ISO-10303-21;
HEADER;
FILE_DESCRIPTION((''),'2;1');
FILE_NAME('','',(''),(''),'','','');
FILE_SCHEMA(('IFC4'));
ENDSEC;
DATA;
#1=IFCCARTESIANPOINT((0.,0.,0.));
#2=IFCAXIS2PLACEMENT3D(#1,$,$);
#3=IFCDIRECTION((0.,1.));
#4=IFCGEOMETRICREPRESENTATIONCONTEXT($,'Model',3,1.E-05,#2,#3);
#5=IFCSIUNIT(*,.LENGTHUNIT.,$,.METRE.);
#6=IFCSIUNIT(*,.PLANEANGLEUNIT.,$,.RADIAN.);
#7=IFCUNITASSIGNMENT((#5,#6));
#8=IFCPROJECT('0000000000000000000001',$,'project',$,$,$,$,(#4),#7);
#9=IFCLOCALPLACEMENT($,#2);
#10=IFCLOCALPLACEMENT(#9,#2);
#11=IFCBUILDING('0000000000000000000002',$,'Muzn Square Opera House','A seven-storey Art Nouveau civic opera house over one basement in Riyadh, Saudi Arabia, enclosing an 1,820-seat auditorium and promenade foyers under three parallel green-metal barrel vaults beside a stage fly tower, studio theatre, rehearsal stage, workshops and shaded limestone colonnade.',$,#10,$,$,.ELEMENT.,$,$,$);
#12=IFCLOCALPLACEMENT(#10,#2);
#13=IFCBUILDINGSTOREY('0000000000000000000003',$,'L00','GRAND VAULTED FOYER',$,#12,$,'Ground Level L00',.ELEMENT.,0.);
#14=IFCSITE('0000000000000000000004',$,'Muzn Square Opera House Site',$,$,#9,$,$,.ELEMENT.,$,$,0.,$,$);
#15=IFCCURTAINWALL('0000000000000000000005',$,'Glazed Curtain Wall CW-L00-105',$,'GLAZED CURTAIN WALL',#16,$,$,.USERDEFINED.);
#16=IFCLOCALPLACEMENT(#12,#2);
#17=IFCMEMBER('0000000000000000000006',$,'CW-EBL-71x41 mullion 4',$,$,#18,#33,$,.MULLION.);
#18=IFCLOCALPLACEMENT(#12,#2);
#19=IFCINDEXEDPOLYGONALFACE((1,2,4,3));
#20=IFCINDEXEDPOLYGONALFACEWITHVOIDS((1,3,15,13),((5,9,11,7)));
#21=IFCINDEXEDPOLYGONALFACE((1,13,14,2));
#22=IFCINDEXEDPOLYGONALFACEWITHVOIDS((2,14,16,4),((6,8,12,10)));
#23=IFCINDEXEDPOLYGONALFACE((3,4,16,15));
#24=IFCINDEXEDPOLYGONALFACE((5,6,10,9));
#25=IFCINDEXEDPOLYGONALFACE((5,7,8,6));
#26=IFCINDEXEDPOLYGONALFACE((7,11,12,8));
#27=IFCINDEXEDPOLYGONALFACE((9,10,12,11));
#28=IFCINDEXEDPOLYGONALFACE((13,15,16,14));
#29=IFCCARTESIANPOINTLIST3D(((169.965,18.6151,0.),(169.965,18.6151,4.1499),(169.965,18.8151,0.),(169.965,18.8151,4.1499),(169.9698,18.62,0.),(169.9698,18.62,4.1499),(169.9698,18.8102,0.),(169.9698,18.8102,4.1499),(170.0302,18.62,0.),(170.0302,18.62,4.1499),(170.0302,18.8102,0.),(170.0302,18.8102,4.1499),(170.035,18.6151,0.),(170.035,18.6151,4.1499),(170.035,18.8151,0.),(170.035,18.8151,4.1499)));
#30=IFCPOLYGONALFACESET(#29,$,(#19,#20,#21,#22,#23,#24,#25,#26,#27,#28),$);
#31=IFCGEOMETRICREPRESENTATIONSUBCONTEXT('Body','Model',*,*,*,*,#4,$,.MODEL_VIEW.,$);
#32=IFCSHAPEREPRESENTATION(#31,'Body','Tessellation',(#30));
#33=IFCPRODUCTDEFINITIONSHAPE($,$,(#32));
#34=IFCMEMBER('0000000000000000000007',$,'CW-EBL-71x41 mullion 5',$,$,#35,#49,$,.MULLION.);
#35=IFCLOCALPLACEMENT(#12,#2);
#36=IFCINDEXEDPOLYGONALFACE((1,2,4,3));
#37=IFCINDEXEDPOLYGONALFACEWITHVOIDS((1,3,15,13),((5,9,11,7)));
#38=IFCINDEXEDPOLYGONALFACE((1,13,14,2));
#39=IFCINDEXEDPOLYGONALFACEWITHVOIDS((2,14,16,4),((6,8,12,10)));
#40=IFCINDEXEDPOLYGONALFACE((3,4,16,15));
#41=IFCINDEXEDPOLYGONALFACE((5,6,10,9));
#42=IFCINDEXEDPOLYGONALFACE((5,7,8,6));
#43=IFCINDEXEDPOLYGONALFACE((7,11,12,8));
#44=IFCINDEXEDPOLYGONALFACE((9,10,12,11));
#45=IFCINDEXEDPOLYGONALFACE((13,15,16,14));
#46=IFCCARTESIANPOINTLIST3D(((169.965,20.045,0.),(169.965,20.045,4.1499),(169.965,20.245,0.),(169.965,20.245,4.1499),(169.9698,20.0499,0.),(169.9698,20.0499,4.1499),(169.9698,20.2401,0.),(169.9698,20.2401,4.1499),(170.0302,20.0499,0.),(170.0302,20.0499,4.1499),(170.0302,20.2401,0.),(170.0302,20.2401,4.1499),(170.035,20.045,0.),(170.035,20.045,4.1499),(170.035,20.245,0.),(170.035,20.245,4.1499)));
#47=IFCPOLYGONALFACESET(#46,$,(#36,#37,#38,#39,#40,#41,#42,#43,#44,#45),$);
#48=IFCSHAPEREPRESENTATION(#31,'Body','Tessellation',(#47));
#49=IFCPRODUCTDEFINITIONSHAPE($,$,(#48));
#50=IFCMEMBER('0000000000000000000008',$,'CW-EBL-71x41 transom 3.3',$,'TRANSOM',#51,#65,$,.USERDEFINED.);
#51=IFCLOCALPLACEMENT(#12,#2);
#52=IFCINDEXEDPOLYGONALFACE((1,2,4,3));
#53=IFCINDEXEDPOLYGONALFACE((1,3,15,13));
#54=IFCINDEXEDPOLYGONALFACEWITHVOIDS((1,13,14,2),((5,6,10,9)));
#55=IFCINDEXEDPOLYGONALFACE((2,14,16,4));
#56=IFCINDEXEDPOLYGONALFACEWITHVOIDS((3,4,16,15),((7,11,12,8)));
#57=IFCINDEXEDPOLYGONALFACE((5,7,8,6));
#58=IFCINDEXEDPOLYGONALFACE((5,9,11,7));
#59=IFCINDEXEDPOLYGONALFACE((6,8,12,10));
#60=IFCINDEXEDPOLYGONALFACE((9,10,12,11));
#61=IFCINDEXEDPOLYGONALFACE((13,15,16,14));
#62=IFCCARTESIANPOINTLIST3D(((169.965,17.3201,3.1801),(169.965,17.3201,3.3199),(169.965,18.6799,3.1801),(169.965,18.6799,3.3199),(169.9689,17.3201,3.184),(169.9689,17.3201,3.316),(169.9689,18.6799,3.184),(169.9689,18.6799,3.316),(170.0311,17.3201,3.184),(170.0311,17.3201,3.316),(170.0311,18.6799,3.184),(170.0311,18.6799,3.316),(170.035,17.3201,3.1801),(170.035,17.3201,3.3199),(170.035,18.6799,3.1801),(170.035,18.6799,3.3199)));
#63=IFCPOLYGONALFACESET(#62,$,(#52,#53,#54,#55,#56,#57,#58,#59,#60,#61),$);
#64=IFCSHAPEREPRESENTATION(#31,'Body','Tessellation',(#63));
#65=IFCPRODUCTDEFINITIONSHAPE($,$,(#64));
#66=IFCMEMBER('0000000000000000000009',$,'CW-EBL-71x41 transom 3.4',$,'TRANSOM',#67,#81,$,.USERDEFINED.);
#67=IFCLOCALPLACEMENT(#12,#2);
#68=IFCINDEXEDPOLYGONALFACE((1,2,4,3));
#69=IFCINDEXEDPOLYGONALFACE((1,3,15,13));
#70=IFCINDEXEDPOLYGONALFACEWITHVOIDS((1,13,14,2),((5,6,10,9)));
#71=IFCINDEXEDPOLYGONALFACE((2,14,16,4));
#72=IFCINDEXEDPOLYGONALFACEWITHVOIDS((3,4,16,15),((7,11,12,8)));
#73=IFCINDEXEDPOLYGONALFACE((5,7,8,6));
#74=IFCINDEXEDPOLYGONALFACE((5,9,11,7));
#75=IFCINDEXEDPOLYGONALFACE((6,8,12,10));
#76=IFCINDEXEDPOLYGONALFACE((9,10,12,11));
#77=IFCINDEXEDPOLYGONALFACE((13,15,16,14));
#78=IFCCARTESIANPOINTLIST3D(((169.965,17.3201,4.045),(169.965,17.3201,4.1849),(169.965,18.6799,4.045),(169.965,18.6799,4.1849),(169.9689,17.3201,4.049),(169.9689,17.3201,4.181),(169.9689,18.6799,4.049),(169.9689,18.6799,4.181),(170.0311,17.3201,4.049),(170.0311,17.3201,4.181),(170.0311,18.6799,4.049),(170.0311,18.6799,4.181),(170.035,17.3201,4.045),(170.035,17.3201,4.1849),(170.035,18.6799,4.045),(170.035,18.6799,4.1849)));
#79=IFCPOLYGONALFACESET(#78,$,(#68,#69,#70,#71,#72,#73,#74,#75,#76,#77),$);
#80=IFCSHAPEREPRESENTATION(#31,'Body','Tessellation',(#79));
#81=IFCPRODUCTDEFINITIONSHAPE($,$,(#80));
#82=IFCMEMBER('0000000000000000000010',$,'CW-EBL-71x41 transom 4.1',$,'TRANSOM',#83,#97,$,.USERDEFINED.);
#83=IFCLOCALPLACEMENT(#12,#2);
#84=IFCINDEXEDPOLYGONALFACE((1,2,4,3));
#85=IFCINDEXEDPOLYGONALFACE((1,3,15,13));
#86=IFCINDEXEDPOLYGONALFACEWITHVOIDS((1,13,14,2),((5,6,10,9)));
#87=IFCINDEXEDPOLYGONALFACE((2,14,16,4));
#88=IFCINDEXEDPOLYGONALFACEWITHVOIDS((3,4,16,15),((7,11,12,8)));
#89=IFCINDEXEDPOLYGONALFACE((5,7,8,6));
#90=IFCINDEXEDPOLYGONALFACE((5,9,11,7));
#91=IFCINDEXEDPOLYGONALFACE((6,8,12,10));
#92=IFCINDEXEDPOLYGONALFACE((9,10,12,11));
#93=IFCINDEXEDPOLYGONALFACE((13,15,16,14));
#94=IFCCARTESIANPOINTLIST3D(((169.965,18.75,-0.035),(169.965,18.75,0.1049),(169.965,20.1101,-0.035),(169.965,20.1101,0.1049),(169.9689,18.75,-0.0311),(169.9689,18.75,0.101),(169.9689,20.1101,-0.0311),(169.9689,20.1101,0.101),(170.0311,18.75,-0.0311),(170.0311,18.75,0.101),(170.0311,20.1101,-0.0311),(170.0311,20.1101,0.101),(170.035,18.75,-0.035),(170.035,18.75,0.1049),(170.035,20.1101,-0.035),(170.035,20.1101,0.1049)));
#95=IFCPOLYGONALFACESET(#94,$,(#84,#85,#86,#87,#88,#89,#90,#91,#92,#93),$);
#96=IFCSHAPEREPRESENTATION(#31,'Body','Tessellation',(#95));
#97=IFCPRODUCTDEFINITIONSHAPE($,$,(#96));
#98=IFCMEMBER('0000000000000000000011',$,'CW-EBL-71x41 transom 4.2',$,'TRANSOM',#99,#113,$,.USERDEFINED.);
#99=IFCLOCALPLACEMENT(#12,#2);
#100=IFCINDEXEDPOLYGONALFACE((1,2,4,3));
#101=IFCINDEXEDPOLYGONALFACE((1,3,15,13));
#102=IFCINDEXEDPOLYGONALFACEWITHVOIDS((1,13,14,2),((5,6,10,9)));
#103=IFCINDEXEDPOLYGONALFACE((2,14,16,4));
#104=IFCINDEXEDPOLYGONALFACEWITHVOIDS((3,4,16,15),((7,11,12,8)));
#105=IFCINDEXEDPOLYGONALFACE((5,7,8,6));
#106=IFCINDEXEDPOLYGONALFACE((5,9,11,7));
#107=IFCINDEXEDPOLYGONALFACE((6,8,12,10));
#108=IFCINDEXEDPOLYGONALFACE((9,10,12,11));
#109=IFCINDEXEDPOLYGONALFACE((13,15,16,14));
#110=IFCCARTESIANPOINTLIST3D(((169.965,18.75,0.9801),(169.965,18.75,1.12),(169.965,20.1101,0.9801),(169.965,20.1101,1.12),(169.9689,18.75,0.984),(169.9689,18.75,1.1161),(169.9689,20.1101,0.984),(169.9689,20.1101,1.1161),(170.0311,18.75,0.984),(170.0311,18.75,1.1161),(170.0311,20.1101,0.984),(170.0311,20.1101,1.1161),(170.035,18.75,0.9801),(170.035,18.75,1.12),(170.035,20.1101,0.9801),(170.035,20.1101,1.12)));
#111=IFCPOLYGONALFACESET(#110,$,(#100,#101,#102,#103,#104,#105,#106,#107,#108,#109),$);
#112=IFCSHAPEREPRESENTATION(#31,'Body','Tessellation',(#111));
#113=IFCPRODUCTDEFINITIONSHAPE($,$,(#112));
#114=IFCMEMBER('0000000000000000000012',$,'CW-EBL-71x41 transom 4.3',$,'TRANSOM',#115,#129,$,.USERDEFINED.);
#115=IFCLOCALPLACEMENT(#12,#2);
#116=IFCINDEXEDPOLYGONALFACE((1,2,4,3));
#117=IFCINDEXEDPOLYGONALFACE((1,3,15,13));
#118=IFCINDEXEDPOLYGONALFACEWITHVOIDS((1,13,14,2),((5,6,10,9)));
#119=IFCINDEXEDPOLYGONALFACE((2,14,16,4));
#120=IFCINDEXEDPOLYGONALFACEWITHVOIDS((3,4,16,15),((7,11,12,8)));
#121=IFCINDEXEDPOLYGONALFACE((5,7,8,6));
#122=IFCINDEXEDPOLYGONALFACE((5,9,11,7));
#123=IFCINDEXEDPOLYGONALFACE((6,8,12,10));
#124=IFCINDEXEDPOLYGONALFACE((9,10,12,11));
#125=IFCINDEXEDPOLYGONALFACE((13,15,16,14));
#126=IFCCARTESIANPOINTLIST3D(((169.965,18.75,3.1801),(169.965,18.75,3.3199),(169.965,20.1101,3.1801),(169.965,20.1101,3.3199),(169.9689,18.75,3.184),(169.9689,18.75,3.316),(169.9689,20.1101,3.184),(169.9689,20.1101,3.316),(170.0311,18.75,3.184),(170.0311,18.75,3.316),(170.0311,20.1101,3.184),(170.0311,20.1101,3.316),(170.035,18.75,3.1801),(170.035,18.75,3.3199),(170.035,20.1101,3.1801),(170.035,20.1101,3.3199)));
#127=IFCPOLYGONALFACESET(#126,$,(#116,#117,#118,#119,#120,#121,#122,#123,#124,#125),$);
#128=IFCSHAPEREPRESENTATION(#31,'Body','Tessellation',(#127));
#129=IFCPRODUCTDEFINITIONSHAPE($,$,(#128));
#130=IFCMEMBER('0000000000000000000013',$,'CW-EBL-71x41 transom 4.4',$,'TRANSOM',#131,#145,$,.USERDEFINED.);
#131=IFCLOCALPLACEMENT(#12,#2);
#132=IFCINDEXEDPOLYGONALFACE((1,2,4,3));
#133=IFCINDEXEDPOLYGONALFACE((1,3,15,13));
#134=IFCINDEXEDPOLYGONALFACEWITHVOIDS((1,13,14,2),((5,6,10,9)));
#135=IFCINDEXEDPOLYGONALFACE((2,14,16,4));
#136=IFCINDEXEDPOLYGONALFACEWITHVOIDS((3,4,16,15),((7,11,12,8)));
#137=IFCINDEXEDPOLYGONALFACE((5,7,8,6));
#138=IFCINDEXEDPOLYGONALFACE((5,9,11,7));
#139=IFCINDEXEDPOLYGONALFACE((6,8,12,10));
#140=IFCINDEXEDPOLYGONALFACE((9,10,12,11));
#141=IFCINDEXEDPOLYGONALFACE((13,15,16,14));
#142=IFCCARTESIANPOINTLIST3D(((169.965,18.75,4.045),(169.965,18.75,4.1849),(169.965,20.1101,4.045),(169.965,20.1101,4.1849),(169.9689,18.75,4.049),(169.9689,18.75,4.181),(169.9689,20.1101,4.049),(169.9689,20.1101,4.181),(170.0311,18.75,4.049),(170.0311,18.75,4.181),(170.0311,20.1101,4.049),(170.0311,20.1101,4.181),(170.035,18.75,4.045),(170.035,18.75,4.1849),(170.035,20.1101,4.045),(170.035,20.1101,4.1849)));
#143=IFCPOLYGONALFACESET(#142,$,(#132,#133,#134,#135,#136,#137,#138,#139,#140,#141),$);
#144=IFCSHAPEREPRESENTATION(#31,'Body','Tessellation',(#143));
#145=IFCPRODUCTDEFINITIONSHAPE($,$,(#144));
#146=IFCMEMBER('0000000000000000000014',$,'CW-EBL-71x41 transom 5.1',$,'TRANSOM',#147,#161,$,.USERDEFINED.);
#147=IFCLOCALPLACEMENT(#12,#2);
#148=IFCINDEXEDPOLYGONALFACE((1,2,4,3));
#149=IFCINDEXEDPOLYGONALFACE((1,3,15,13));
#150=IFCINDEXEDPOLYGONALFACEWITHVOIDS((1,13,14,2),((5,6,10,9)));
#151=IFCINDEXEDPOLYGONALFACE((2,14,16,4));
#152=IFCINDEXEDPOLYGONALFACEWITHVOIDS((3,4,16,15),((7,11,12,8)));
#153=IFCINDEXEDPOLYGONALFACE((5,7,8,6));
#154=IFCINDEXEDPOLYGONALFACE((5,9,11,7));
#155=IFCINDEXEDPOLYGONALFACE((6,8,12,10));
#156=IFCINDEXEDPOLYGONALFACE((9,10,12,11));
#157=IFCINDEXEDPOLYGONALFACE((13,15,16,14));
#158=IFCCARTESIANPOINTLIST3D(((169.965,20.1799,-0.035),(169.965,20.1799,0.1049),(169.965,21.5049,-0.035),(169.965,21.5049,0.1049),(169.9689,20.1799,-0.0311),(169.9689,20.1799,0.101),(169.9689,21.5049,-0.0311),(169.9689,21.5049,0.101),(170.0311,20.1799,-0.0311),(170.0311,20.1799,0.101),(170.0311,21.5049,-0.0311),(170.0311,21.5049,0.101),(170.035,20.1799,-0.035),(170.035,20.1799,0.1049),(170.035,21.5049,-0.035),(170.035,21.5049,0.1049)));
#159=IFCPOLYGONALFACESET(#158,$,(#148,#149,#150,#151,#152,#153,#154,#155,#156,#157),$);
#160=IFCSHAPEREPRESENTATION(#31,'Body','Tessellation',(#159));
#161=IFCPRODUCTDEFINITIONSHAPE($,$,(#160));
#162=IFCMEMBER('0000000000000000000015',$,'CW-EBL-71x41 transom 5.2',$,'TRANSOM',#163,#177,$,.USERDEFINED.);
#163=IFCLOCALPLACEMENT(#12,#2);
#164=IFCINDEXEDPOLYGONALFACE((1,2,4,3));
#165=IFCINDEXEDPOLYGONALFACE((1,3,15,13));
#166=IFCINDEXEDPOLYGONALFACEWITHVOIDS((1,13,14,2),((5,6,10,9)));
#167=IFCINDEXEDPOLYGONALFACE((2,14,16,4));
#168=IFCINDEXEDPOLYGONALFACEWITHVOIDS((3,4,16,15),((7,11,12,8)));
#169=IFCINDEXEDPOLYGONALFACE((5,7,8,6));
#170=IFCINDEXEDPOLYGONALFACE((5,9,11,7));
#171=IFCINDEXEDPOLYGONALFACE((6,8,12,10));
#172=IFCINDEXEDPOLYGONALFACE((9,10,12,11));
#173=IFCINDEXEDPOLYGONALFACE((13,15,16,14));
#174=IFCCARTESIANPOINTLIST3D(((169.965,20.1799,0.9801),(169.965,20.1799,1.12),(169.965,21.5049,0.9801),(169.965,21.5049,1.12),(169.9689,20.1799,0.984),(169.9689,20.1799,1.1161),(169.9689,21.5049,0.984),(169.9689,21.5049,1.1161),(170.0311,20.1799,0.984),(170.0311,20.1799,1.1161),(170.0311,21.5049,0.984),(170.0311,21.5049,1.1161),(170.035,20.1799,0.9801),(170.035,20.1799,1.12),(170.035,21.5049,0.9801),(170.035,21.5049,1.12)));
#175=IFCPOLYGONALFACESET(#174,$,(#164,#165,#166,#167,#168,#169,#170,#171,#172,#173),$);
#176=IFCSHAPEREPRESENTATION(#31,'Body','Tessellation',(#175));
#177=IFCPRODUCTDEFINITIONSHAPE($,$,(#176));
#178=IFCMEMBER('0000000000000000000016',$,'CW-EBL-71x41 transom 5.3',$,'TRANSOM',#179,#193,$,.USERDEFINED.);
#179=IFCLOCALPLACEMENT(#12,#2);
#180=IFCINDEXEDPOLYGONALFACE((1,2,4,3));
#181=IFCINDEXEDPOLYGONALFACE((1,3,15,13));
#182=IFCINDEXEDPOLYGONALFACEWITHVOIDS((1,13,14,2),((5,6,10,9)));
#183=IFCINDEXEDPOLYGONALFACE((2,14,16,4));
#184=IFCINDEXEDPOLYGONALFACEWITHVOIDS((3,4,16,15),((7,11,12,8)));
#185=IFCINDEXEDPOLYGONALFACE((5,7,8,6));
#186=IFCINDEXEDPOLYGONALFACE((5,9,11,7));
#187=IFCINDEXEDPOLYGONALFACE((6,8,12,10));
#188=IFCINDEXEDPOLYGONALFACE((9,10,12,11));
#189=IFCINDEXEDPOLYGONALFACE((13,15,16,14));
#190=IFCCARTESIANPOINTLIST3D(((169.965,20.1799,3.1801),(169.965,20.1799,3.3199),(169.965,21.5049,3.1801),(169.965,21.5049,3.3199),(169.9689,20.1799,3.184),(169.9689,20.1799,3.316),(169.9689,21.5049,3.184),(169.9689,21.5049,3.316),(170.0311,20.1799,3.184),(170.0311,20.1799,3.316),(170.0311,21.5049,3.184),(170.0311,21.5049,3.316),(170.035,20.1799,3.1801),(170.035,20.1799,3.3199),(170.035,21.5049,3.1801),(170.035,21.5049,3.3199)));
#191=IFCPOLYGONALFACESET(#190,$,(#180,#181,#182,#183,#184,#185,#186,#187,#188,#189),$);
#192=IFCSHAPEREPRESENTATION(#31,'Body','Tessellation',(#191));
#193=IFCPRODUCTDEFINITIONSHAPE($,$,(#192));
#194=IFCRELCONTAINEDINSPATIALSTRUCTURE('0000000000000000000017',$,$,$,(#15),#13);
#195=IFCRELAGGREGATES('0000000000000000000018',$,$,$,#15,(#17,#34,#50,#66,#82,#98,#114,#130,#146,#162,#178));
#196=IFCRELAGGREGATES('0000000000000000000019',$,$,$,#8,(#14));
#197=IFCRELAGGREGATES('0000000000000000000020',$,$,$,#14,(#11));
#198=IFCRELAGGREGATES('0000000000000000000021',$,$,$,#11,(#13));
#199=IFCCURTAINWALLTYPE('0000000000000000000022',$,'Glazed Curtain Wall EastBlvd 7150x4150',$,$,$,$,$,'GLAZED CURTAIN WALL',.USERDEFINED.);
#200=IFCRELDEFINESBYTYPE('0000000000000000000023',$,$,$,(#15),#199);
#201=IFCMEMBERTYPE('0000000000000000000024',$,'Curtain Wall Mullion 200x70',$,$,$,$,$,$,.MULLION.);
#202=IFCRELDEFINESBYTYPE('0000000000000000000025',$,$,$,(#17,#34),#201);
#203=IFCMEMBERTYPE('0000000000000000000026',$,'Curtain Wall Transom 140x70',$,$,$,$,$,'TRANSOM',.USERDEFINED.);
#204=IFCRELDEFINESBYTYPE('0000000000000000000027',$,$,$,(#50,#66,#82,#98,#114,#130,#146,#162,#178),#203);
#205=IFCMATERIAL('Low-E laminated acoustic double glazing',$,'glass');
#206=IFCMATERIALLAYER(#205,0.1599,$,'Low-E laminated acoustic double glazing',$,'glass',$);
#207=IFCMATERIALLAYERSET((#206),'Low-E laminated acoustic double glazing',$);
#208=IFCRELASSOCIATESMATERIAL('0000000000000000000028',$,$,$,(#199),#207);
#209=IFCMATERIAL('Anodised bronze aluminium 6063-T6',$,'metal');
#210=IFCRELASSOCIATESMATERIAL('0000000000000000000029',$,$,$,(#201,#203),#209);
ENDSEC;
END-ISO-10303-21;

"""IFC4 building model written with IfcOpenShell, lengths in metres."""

from ifc_helpers import new_model, si_unit, direction, frame, origin, origin_2d, place, context, subcontext, project, spatial, hollow_rectangle, extrude, material, layer, layer_set, material_profile, profile_set, type_object, element, aggregate, save


model = new_model("IFC4")

# Units and contexts
model_context = context("Model", 3, precision=1e-05, world=origin(), true_north=direction((0.0, 1.0)))
body_context = subcontext(model_context, "Body", "Model", "MODEL_VIEW")
ifc_project = project(units=[si_unit("LENGTHUNIT", "METRE"), si_unit("PLANEANGLEUNIT", "RADIAN")], contexts=[model_context])

# Site, building, storey
site_placement = place(None, origin())
site = spatial("IfcSite", under=ifc_project, at=site_placement, Name="Muzn Square Opera House Site", CompositionType="ELEMENT", RefElevation=0.0)
building_placement = place(site_placement, origin())
building = spatial("IfcBuilding", under=site, at=building_placement, Name="Muzn Square Opera House", Description="A seven-storey Art Nouveau civic opera house over one basement in Riyadh, Saudi Arabia, enclosing an 1,820-seat auditorium and promenade foyers under three parallel green-metal barrel vaults beside a stage fly tower, studio theatre, rehearsal stage, workshops and shaded limestone colonnade.", CompositionType="ELEMENT")
storey_placement = place(building_placement, origin())
storey = spatial("IfcBuildingStorey", under=building, at=storey_placement, Name="L00", Description="GRAND VAULTED FOYER", LongName="Ground Level L00", CompositionType="ELEMENT", Elevation=0.0)

# Curtain wall, members
ifc_material_1 = material(Name="Low-E laminated acoustic double glazing", Category="glass")
ifc_layer_1 = layer(ifc_material_1, 0.1599, Name="Low-E laminated acoustic double glazing", Category="glass")
ifc_layer_set_1 = layer_set([ifc_layer_1], Name="Low-E laminated acoustic double glazing")
curtain_wall_type = type_object("IfcCurtainWallType", Name="Glazed Curtain Wall EastBlvd 7150x4150", ElementType="GLAZED CURTAIN WALL", PredefinedType="USERDEFINED", material=ifc_layer_set_1)
curtain_wall_placement = place(storey_placement, origin())
curtain_wall = element("IfcCurtainWall", 1, at=curtain_wall_placement, inside=storey, type_object=curtain_wall_type, Name="Glazed Curtain Wall CW-L00-105", ObjectType="GLAZED CURTAIN WALL", PredefinedType="USERDEFINED")
ifc_material_2 = material(Name="Anodised bronze aluminium 6063-T6", Category="metal")
ifc_material_profile_1 = material_profile(ifc_material_2, hollow_rectangle(XDim=0.0701, YDim=0.2, WallThickness=0.0049, at=origin_2d()), Name="ALU 200x70x5", Category="metal")
ifc_profile_set_1 = profile_set([ifc_material_profile_1], Name="Anodised bronze aluminium 6063-T6")
member_type_1 = type_object("IfcMemberType", Name="Curtain Wall Mullion 200x70", PredefinedType="MULLION", material=ifc_profile_set_1)
member_1_placement = place(storey_placement, frame((170.0, 18.7151, 0.0), z_axis=(0.0, 0.0, 1.0), x_axis=(-1.0, 0.0, 0.0)))
member_1 = element("IfcMember", 2, at=member_1_placement, type_object=member_type_1, Name="CW-EBL-71x41 mullion 4", PredefinedType="MULLION", context=body_context, shape_type="SweptSolid", body=[
    extrude(hollow_rectangle(XDim=0.0701, YDim=0.2, WallThickness=0.0049, at=origin_2d()), origin(), (0.0, 0.0, 1.0), 4.1499),
])
member_2_placement = place(storey_placement, frame((170.0, 20.145, 0.0), z_axis=(0.0, 0.0, 1.0), x_axis=(-1.0, 0.0, 0.0)))
member_2 = element("IfcMember", 3, at=member_2_placement, type_object=member_type_1, Name="CW-EBL-71x41 mullion 5", PredefinedType="MULLION", context=body_context, shape_type="SweptSolid", body=[
    extrude(hollow_rectangle(XDim=0.0701, YDim=0.2, WallThickness=0.0049, at=origin_2d()), origin(), (0.0, 0.0, 1.0), 4.1499),
])
ifc_material_profile_2 = material_profile(ifc_material_2, hollow_rectangle(XDim=0.0701, YDim=0.1399, WallThickness=0.0039, at=origin_2d()), Name="ALU 140x70x4", Category="metal")
ifc_profile_set_2 = profile_set([ifc_material_profile_2], Name="Anodised bronze aluminium 6063-T6")
member_type_2 = type_object("IfcMemberType", Name="Curtain Wall Transom 140x70", ElementType="TRANSOM", PredefinedType="USERDEFINED", material=ifc_profile_set_2)
member_3_placement = place(storey_placement, frame((170.0, 17.3201, 3.25), z_axis=(0.0, 1.0, 0.0), x_axis=(-1.0, 0.0, 0.0)))
member_3 = element("IfcMember", 4, at=member_3_placement, type_object=member_type_2, Name="CW-EBL-71x41 transom 3.3", ObjectType="TRANSOM", PredefinedType="USERDEFINED", context=body_context, shape_type="SweptSolid", body=[
    extrude(hollow_rectangle(XDim=0.0701, YDim=0.1399, WallThickness=0.0039, at=origin_2d()), origin(), (0.0, 0.0, 1.0), 1.3599),
])
member_4_placement = place(storey_placement, frame((170.0, 17.3201, 4.115), z_axis=(0.0, 1.0, 0.0), x_axis=(-1.0, 0.0, 0.0)))
member_4 = element("IfcMember", 5, at=member_4_placement, type_object=member_type_2, Name="CW-EBL-71x41 transom 3.4", ObjectType="TRANSOM", PredefinedType="USERDEFINED", context=body_context, shape_type="SweptSolid", body=[
    extrude(hollow_rectangle(XDim=0.0701, YDim=0.1399, WallThickness=0.0039, at=origin_2d()), origin(), (0.0, 0.0, 1.0), 1.3599),
])
member_5_placement = place(storey_placement, frame((170.0, 18.75, 0.0349), z_axis=(0.0, 1.0, 0.0), x_axis=(-1.0, 0.0, 0.0)))
member_5 = element("IfcMember", 6, at=member_5_placement, type_object=member_type_2, Name="CW-EBL-71x41 transom 4.1", ObjectType="TRANSOM", PredefinedType="USERDEFINED", context=body_context, shape_type="SweptSolid", body=[
    extrude(hollow_rectangle(XDim=0.0701, YDim=0.1399, WallThickness=0.0039, at=origin_2d()), origin(), (0.0, 0.0, 1.0), 1.3601),
])
member_6_placement = place(storey_placement, frame((170.0, 18.75, 1.05), z_axis=(0.0, 1.0, 0.0), x_axis=(-1.0, 0.0, 0.0)))
member_6 = element("IfcMember", 7, at=member_6_placement, type_object=member_type_2, Name="CW-EBL-71x41 transom 4.2", ObjectType="TRANSOM", PredefinedType="USERDEFINED", context=body_context, shape_type="SweptSolid", body=[
    extrude(hollow_rectangle(XDim=0.0701, YDim=0.1399, WallThickness=0.0039, at=origin_2d()), origin(), (0.0, 0.0, 1.0), 1.3601),
])
member_7_placement = place(storey_placement, frame((170.0, 18.75, 3.25), z_axis=(0.0, 1.0, 0.0), x_axis=(-1.0, 0.0, 0.0)))
member_7 = element("IfcMember", 8, at=member_7_placement, type_object=member_type_2, Name="CW-EBL-71x41 transom 4.3", ObjectType="TRANSOM", PredefinedType="USERDEFINED", context=body_context, shape_type="SweptSolid", body=[
    extrude(hollow_rectangle(XDim=0.0701, YDim=0.1399, WallThickness=0.0039, at=origin_2d()), origin(), (0.0, 0.0, 1.0), 1.3601),
])
member_8_placement = place(storey_placement, frame((170.0, 18.75, 4.115), z_axis=(0.0, 1.0, 0.0), x_axis=(-1.0, 0.0, 0.0)))
member_8 = element("IfcMember", 9, at=member_8_placement, type_object=member_type_2, Name="CW-EBL-71x41 transom 4.4", ObjectType="TRANSOM", PredefinedType="USERDEFINED", context=body_context, shape_type="SweptSolid", body=[
    extrude(hollow_rectangle(XDim=0.0701, YDim=0.1399, WallThickness=0.0039, at=origin_2d()), origin(), (0.0, 0.0, 1.0), 1.3601),
])
member_9_placement = place(storey_placement, frame((170.0, 20.1799, 0.0349), z_axis=(0.0, 1.0, 0.0), x_axis=(-1.0, 0.0, 0.0)))
member_9 = element("IfcMember", 10, at=member_9_placement, type_object=member_type_2, Name="CW-EBL-71x41 transom 5.1", ObjectType="TRANSOM", PredefinedType="USERDEFINED", context=body_context, shape_type="SweptSolid", body=[
    extrude(hollow_rectangle(XDim=0.0701, YDim=0.1399, WallThickness=0.0039, at=origin_2d()), origin(), (0.0, 0.0, 1.0), 1.325),
])
member_10_placement = place(storey_placement, frame((170.0, 20.1799, 1.05), z_axis=(0.0, 1.0, 0.0), x_axis=(-1.0, 0.0, 0.0)))
member_10 = element("IfcMember", 11, at=member_10_placement, type_object=member_type_2, Name="CW-EBL-71x41 transom 5.2", ObjectType="TRANSOM", PredefinedType="USERDEFINED", context=body_context, shape_type="SweptSolid", body=[
    extrude(hollow_rectangle(XDim=0.0701, YDim=0.1399, WallThickness=0.0039, at=origin_2d()), origin(), (0.0, 0.0, 1.0), 1.325),
])
member_11_placement = place(storey_placement, frame((170.0, 20.1799, 3.25), z_axis=(0.0, 1.0, 0.0), x_axis=(-1.0, 0.0, 0.0)))
member_11 = element("IfcMember", 12, at=member_11_placement, type_object=member_type_2, Name="CW-EBL-71x41 transom 5.3", ObjectType="TRANSOM", PredefinedType="USERDEFINED", context=body_context, shape_type="SweptSolid", body=[
    extrude(hollow_rectangle(XDim=0.0701, YDim=0.1399, WallThickness=0.0039, at=origin_2d()), origin(), (0.0, 0.0, 1.0), 1.325),
])
aggregate(curtain_wall, [member_1, member_2, member_3, member_4, member_5, member_6, member_7, member_8, member_9, member_10, member_11])

save(model, "model.ifc")
